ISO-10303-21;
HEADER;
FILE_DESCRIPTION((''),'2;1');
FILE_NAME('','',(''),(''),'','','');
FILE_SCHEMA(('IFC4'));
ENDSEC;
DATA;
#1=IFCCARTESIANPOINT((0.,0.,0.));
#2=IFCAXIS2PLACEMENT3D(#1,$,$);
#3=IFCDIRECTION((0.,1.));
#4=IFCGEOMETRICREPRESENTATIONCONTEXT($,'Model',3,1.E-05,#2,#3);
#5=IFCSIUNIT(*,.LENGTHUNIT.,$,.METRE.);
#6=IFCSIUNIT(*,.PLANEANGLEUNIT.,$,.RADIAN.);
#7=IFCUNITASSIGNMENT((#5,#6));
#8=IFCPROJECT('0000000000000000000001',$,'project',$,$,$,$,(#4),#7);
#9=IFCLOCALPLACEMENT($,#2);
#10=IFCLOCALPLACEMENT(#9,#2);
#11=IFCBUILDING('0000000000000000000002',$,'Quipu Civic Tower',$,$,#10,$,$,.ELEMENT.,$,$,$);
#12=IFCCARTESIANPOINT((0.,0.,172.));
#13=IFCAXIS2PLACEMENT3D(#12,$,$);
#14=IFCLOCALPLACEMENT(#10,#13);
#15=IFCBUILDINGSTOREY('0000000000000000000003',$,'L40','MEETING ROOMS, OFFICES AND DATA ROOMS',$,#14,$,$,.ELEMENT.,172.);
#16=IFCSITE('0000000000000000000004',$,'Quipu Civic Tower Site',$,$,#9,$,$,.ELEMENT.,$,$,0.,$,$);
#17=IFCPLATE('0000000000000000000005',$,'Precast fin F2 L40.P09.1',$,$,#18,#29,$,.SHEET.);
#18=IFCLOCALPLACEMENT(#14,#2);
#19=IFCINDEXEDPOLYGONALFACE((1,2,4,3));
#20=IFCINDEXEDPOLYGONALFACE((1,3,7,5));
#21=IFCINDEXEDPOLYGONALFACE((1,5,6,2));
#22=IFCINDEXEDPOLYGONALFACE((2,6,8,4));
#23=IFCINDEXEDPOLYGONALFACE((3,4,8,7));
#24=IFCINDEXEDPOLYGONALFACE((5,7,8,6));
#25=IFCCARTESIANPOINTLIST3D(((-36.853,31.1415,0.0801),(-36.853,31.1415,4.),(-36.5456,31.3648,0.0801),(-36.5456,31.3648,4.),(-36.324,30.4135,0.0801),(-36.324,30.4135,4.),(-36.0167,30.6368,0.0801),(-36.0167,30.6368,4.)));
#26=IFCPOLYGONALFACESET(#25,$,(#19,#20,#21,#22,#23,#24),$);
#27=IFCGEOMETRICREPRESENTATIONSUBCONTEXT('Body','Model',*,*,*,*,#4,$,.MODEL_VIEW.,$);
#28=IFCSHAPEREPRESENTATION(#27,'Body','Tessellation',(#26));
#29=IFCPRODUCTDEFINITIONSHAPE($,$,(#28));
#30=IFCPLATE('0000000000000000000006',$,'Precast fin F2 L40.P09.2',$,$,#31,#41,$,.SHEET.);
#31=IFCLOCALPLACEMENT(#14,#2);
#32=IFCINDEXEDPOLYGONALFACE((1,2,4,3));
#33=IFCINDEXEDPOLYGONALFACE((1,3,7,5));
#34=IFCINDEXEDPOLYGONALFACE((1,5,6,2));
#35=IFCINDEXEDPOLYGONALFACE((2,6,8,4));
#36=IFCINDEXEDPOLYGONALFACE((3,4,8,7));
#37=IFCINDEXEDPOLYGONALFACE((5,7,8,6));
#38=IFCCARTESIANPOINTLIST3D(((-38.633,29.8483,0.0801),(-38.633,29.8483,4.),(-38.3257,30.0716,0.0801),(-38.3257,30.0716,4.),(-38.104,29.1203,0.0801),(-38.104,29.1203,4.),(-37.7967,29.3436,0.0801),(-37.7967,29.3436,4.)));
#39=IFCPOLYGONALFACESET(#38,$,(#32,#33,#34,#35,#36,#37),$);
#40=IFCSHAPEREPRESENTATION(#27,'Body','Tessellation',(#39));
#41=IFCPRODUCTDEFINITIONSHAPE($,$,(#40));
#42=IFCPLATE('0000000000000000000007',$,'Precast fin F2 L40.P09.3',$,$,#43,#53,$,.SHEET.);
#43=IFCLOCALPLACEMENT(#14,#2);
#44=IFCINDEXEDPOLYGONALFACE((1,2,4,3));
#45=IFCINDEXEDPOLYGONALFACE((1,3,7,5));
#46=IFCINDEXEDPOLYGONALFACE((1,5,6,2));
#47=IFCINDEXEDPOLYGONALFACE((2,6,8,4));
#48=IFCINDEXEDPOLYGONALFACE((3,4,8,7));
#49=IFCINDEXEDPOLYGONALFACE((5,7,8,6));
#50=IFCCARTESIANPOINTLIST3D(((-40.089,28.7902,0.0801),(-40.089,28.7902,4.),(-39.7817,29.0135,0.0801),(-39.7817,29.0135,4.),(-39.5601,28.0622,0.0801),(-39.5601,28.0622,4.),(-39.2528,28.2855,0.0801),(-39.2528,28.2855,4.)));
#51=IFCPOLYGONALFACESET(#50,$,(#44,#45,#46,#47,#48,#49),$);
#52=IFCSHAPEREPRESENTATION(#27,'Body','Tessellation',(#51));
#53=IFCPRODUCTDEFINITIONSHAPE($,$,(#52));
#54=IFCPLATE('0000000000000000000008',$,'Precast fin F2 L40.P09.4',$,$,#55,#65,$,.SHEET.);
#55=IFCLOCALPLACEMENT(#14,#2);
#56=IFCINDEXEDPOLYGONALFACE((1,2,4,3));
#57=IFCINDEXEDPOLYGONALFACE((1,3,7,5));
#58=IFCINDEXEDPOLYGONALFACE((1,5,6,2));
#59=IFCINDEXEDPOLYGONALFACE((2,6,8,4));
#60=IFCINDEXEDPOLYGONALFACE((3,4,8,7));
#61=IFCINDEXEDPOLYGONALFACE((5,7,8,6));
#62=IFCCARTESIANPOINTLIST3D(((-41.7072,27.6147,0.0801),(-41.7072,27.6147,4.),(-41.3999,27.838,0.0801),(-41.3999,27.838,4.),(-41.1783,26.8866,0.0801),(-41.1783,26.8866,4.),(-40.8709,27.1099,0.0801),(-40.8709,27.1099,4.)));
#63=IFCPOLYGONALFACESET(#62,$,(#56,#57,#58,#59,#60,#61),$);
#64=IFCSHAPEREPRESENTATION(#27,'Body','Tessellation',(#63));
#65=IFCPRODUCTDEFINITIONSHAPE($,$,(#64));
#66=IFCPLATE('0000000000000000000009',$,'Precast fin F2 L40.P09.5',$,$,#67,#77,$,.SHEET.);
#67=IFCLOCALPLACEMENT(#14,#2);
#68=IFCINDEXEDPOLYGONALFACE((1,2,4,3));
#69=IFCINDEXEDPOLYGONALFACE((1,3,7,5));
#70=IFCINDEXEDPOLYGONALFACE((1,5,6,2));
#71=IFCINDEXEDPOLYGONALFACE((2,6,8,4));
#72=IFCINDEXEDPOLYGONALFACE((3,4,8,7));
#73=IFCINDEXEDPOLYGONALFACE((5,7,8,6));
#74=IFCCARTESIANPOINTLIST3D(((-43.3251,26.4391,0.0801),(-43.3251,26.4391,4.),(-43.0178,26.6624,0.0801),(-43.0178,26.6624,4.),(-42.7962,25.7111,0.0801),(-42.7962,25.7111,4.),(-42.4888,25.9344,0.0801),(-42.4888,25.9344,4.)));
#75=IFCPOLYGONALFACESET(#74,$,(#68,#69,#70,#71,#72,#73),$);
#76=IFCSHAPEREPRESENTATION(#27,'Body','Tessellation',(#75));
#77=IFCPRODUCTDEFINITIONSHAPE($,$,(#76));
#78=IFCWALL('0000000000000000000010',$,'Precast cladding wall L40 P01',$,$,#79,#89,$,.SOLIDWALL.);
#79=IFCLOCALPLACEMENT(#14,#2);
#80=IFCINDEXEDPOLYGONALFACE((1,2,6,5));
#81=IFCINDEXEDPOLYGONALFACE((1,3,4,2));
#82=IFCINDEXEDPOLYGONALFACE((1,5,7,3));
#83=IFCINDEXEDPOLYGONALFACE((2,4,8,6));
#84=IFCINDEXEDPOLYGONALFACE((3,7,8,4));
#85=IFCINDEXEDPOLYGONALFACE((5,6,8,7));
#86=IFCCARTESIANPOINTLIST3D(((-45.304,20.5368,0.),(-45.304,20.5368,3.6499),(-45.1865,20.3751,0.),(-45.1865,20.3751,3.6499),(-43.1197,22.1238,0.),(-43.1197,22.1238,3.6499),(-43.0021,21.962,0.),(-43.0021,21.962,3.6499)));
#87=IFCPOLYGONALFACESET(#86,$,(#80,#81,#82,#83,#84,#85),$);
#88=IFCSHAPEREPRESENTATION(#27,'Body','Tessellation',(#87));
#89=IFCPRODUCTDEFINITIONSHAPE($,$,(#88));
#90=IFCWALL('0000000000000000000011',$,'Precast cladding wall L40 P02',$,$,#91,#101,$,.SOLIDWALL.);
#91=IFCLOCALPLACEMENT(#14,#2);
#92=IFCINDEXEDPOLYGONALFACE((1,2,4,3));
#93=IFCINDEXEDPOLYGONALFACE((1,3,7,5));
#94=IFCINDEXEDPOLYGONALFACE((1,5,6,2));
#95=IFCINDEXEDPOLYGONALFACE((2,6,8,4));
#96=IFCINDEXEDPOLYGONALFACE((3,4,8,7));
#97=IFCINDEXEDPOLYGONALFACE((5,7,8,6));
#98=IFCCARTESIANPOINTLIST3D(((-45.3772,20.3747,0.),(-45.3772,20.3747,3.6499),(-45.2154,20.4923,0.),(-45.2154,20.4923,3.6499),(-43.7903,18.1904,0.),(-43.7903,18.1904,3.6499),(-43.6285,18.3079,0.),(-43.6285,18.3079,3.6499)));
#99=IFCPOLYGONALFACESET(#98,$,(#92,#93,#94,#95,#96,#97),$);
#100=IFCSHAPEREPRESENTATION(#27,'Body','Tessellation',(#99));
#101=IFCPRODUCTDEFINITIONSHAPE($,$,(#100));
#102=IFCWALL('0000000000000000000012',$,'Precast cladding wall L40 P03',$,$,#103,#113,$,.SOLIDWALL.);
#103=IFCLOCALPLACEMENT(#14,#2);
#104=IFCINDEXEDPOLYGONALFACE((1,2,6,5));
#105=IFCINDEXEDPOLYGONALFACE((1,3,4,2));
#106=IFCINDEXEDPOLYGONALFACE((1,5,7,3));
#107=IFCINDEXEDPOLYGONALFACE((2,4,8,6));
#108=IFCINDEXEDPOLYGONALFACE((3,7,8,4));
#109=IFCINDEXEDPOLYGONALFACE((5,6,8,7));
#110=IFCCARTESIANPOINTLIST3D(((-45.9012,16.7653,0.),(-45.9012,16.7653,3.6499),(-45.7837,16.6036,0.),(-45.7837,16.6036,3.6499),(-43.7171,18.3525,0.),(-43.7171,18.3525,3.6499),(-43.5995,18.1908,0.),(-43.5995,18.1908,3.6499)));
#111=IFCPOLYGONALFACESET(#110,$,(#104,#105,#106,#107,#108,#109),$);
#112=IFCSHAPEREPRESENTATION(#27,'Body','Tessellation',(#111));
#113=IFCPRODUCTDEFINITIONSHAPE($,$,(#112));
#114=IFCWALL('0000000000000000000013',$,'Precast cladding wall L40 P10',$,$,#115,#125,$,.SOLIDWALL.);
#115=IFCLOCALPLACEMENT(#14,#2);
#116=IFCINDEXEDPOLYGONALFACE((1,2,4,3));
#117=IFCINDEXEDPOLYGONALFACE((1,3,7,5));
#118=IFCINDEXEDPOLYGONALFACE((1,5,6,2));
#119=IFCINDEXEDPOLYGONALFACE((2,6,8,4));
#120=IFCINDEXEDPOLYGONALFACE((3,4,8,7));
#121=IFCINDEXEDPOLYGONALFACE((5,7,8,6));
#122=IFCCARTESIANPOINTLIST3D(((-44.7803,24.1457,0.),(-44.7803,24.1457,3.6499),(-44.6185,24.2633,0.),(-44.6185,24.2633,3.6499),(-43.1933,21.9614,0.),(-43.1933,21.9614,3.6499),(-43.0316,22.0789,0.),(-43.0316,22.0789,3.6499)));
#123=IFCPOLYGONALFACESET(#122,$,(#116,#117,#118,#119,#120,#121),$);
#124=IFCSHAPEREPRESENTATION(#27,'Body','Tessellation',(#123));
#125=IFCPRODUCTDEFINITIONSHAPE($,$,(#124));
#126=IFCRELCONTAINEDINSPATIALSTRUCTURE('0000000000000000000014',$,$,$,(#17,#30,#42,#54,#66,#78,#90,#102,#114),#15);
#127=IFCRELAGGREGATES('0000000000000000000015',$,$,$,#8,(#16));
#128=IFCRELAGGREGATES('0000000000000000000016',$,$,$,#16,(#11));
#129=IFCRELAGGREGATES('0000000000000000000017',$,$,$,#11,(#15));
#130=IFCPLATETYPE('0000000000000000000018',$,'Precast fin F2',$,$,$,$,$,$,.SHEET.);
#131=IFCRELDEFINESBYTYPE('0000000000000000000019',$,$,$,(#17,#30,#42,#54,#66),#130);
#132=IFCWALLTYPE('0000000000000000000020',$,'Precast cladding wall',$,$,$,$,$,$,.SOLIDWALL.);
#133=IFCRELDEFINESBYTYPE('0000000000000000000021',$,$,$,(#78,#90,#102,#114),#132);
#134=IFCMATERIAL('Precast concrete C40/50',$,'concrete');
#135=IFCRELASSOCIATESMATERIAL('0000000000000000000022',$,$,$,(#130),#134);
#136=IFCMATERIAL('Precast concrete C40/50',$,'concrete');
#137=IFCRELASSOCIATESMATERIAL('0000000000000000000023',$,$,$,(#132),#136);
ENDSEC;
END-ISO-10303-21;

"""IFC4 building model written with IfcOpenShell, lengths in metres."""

from ifc_helpers import new_model, si_unit, direction, frame, frame_2d, origin, origin_2d, place, context, subcontext, project, spatial, rectangle, extrude, material, type_object, element, save


model = new_model("IFC4")

# Units and contexts
model_context = context("Model", 3, precision=1e-05, world=origin(), true_north=direction((0.0, 1.0)))
body_context = subcontext(model_context, "Body", "Model", "MODEL_VIEW")
ifc_project = project(units=[si_unit("LENGTHUNIT", "METRE"), si_unit("PLANEANGLEUNIT", "RADIAN")], contexts=[model_context])

# Site, building, storey
site_placement = place(None, origin())
site = spatial("IfcSite", under=ifc_project, at=site_placement, Name="Quipu Civic Tower Site", CompositionType="ELEMENT", RefElevation=0.0)
building_placement = place(site_placement, origin())
building = spatial("IfcBuilding", under=site, at=building_placement, Name="Quipu Civic Tower", CompositionType="ELEMENT")
storey_placement = place(building_placement, frame((0.0, 0.0, 172.0)))
storey = spatial("IfcBuildingStorey", under=building, at=storey_placement, Name="L40", Description="MEETING ROOMS, OFFICES AND DATA ROOMS", CompositionType="ELEMENT", Elevation=172.0)

# Plates
ifc_material_1 = material(Name="Precast concrete C40/50", Category="concrete")
plate_type_1 = type_object("IfcPlateType", Name="Precast fin F2", PredefinedType="SHEET", material=ifc_material_1)
for number, where, z_axis, x_axis, name in (
    (1, (-36.4348, 30.8892, 0.0801), (0.0, 0.0, 1.0), (-0.809017, -0.587785, 0.0), "Precast fin F2 L40.P09.1"),
    (2, (-38.2148, 29.5959, 0.0801), (0.0, 0.0, 1.0), (-0.809017, -0.587785, 0.0), "Precast fin F2 L40.P09.2"),
    (3, (-39.6709, 28.5378, 0.0801), (0.0, 0.0, 1.0), (-0.809017, -0.587785, 0.0), "Precast fin F2 L40.P09.3"),
    (4, (-41.2891, 27.3623, 0.0801), (0.0, 0.0, 1.0), (-0.809017, -0.587785, 0.0), "Precast fin F2 L40.P09.4"),
    (5, (-42.907, 26.1868, 0.0801), (0.0, 0.0, 1.0), (-0.809017, -0.587785, 0.0), "Precast fin F2 L40.P09.5"),
):
    element("IfcPlate", number, at=place(storey_placement, frame(where, z_axis=z_axis, x_axis=x_axis)), inside=storey, type_object=plate_type_1, Name=name, PredefinedType="SHEET", context=body_context, shape_type="SweptSolid", body=[
        extrude(rectangle(XDim=0.3799, YDim=0.8999, at=origin_2d()), origin(), (0.0, 0.0, 1.0), 3.9199),
    ])

# Walls
ifc_material_2 = material(Name="Precast concrete C40/50", Category="concrete")
wall_type = type_object("IfcWallType", Name="Precast cladding wall", PredefinedType="SOLIDWALL", material=ifc_material_2)
for number, where, z_axis, x_axis, name in (
    (6, (-43.0608, 22.043, 0.0), (0.0, 0.0, 1.0), (-0.809033, -0.587763, 0.0), "Precast cladding wall L40 P01"),
    (7, (-45.2964, 20.4336, 0.0), (0.0, 0.0, 1.0), (0.587763, -0.809033, 0.0), "Precast cladding wall L40 P02"),
    (8, (-43.6582, 18.2717, 0.0), (0.0, 0.0, 1.0), (-0.808959, -0.587865, 0.0), "Precast cladding wall L40 P03"),
    (9, (-44.6995, 24.2046, 0.0), (0.0, 0.0, 1.0), (0.587763, -0.809033, 0.0), "Precast cladding wall L40 P10"),
):
    element("IfcWall", number, at=place(storey_placement, frame(where, z_axis=z_axis, x_axis=x_axis)), inside=storey, type_object=wall_type, Name=name, PredefinedType="SOLIDWALL", context=body_context, shape_type="SweptSolid", body=[
        extrude(rectangle(XDim=2.7, YDim=0.2, at=frame_2d((1.3501, 0.0))), origin(), (0.0, 0.0, 1.0), 3.6499),
    ])

save(model, "model.ifc")
